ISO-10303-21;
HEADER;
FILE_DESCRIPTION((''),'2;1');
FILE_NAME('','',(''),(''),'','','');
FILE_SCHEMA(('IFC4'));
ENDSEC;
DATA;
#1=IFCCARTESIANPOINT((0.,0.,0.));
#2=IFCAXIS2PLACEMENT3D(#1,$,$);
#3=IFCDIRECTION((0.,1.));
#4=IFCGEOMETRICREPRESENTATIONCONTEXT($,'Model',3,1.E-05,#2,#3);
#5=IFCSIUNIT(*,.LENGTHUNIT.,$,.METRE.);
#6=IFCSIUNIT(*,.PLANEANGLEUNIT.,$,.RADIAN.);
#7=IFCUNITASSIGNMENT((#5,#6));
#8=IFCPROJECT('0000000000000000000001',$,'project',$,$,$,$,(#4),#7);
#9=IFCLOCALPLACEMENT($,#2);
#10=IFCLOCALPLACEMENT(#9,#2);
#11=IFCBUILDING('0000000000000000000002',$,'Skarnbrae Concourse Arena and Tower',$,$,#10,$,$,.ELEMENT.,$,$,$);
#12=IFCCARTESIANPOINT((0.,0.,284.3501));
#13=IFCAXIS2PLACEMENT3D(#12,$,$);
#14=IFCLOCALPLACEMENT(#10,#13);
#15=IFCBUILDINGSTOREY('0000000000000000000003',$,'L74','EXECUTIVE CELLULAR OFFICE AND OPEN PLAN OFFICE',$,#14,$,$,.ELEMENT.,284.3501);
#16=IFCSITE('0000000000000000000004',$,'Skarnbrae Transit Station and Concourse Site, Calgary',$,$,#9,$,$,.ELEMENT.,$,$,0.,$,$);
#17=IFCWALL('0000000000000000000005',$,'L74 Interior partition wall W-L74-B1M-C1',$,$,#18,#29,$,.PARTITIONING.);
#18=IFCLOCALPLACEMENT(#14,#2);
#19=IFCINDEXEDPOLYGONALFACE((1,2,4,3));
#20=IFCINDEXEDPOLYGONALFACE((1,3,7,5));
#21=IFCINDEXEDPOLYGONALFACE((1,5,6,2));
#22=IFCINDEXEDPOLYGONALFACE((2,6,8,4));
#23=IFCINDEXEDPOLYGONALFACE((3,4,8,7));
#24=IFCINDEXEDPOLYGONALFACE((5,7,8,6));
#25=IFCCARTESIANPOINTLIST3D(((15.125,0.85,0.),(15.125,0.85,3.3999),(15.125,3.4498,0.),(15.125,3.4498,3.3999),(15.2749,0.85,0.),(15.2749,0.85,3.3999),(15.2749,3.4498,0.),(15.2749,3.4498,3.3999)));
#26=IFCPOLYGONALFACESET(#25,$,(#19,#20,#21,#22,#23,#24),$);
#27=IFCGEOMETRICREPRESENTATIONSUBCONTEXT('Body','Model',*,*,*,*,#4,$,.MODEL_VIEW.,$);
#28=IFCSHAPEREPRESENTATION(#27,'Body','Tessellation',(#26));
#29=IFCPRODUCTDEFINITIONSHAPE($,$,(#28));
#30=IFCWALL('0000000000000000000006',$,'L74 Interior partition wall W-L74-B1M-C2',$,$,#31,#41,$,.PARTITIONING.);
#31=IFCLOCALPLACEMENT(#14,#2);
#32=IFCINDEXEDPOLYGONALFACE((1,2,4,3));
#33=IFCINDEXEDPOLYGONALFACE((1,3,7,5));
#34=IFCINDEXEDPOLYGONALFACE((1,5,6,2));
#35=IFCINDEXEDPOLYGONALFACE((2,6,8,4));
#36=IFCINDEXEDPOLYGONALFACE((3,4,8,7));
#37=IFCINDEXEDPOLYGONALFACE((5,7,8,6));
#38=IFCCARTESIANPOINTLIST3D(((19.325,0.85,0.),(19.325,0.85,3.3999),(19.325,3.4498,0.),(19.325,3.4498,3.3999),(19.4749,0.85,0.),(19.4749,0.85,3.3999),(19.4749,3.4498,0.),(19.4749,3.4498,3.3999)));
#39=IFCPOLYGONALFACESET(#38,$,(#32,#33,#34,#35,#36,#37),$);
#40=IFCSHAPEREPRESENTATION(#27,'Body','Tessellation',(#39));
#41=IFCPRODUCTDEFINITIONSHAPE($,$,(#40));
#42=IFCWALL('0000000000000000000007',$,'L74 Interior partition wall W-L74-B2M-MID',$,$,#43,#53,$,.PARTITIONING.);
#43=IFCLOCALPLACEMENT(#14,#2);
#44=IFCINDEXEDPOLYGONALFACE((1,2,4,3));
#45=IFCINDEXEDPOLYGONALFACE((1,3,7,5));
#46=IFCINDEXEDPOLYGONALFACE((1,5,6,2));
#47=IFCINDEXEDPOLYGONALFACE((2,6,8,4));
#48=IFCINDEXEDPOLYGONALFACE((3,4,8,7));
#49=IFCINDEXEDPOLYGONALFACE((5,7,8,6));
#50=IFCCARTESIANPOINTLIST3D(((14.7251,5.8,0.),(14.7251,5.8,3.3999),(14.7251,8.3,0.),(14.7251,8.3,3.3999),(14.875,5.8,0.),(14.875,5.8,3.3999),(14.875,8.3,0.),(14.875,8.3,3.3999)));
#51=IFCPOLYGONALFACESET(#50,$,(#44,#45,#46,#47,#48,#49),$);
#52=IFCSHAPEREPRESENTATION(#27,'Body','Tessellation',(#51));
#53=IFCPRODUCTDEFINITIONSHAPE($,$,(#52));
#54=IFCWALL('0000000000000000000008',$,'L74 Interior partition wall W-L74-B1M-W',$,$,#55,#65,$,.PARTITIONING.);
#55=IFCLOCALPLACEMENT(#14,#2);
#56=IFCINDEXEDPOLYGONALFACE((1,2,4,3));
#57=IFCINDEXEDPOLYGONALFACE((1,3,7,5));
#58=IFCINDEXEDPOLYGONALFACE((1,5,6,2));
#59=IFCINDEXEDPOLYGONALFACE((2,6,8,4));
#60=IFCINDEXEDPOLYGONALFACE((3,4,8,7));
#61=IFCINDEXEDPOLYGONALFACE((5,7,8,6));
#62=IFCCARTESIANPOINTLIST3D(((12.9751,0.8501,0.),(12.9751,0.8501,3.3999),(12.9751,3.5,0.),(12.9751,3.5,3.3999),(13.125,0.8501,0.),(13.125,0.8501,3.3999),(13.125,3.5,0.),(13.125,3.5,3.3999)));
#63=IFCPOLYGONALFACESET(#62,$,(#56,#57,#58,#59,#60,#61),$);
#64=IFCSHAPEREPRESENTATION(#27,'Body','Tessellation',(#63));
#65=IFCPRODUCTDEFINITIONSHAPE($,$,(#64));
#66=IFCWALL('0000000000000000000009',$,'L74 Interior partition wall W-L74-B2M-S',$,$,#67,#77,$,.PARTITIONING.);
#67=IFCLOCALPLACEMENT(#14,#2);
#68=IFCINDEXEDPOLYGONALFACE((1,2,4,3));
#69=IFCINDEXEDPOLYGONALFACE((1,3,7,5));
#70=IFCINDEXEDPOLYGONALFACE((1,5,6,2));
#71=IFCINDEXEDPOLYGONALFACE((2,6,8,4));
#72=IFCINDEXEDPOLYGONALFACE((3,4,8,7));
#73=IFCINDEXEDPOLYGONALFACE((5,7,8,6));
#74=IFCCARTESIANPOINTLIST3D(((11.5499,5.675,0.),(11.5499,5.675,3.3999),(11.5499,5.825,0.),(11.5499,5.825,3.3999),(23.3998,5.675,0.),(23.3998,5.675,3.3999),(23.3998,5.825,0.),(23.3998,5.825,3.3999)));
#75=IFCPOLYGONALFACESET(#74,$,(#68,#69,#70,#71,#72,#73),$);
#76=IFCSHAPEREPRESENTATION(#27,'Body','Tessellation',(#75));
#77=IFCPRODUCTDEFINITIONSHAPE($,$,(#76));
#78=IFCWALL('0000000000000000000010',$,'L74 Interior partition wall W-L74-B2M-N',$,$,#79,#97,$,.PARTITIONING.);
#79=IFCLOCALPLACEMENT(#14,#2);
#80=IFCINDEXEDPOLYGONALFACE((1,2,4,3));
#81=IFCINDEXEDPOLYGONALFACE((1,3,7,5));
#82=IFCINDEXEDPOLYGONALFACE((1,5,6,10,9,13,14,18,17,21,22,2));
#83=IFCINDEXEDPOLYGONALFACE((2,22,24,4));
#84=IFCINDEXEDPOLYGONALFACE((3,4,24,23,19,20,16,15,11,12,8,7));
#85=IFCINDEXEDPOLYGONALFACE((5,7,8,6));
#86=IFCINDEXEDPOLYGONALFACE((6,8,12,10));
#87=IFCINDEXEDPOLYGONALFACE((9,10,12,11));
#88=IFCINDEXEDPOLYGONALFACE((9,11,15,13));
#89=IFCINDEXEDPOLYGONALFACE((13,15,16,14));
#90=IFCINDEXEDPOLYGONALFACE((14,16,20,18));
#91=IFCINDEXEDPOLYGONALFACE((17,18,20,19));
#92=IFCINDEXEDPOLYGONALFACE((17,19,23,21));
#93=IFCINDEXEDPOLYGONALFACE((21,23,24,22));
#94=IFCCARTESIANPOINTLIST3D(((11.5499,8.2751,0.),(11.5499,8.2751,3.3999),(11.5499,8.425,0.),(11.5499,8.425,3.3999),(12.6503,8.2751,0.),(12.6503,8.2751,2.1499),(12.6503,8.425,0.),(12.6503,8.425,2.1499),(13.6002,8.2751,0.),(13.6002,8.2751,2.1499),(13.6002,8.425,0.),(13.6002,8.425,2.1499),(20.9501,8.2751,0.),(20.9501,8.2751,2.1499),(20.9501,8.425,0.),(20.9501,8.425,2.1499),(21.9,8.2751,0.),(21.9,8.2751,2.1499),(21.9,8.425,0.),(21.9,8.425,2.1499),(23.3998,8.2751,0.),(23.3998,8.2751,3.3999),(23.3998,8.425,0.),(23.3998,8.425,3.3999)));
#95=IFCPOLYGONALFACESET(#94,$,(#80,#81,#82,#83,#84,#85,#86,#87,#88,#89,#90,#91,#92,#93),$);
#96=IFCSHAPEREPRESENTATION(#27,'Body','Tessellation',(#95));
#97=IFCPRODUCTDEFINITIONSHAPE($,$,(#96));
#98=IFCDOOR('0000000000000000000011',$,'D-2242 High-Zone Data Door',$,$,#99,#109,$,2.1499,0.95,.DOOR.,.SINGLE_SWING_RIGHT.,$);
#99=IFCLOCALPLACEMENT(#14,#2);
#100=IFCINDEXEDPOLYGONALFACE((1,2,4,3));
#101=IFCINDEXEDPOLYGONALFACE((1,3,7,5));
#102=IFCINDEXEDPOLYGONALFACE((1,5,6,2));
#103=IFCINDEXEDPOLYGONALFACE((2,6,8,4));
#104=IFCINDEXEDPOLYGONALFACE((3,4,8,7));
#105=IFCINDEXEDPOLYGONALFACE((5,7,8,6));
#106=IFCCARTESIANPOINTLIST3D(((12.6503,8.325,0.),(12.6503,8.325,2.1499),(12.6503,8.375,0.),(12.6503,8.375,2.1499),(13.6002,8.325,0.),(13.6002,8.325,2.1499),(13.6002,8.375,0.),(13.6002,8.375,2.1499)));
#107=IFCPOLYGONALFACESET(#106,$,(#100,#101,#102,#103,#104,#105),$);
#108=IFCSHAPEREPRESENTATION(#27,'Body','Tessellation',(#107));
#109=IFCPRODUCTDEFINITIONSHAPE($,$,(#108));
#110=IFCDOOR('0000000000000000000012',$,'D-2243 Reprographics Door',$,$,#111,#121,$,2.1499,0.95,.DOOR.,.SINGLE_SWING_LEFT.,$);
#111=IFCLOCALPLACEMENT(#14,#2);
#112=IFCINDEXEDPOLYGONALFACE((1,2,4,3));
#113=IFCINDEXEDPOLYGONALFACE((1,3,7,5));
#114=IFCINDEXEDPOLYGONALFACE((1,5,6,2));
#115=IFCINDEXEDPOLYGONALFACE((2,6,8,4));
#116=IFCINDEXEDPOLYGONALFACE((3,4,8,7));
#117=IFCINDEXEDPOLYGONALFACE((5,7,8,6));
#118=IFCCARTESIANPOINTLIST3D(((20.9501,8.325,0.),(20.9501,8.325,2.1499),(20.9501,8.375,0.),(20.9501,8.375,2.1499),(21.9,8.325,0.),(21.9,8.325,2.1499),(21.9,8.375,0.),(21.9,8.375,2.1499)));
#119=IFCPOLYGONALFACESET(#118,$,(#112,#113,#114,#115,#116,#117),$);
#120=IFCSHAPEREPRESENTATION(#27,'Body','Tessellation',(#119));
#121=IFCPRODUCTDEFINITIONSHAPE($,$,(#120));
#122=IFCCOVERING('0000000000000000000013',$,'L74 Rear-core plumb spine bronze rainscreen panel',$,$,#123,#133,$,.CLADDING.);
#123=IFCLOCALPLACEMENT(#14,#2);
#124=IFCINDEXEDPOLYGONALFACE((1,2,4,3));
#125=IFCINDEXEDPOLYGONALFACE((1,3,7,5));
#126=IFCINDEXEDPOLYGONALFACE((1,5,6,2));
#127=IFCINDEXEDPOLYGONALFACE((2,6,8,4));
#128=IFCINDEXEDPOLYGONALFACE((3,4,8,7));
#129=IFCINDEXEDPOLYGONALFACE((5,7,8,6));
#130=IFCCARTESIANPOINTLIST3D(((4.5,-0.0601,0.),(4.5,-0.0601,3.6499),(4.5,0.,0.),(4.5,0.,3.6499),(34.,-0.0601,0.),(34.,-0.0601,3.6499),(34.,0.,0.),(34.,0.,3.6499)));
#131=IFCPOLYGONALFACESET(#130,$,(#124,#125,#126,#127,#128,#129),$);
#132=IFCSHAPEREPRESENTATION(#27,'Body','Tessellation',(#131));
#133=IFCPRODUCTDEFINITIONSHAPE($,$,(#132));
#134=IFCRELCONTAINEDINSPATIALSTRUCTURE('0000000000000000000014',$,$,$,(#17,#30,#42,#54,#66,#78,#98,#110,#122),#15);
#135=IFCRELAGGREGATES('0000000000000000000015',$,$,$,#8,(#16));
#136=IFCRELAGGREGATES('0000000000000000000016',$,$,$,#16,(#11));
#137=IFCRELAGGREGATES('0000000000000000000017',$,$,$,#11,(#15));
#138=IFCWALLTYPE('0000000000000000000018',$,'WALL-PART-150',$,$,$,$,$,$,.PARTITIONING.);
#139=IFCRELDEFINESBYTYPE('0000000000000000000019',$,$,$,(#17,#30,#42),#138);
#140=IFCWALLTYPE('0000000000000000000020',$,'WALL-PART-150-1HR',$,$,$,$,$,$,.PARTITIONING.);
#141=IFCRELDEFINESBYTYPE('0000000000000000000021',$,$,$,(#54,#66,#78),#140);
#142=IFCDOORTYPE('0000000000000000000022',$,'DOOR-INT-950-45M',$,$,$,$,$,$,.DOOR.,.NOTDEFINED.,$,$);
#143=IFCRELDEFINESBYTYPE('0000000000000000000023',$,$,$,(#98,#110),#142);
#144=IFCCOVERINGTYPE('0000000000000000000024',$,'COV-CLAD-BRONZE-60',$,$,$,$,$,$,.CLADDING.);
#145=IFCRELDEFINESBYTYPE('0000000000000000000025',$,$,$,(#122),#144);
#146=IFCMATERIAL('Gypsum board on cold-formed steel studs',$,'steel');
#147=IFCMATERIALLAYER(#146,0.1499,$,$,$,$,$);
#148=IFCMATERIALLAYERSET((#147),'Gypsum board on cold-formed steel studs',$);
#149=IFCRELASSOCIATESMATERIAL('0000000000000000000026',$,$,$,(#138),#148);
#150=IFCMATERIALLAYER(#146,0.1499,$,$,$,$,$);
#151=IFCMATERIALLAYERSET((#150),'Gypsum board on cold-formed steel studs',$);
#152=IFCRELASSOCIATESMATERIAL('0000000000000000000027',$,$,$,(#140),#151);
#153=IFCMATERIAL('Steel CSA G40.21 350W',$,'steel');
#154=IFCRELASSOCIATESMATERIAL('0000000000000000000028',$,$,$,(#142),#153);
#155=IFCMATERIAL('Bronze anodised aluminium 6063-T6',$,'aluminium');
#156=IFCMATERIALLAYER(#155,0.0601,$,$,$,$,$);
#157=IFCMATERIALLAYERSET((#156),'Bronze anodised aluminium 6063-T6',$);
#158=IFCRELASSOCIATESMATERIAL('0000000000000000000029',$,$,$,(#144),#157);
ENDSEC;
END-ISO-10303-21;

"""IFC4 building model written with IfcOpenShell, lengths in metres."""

from ifc_helpers import new_model, si_unit, direction, frame, frame_2d, origin, origin_2d, place, context, subcontext, project, spatial, rectangle, extrude, source, transform, mapped, material, layer, layer_set, type_object, element, fill, save


model = new_model("IFC4")

# Units and contexts
model_context = context("Model", 3, precision=1e-05, world=origin(), true_north=direction((0.0, 1.0)))
body_context = subcontext(model_context, "Body", "Model", "MODEL_VIEW")
ifc_project = project(units=[si_unit("LENGTHUNIT", "METRE"), si_unit("PLANEANGLEUNIT", "RADIAN")], contexts=[model_context])

# Site, building, storey
site_placement = place(None, origin())
site = spatial("IfcSite", under=ifc_project, at=site_placement, Name="Skarnbrae Transit Station and Concourse Site, Calgary", CompositionType="ELEMENT", RefElevation=0.0)
building_placement = place(site_placement, origin())
building = spatial("IfcBuilding", under=site, at=building_placement, Name="Skarnbrae Concourse Arena and Tower", CompositionType="ELEMENT")
storey_placement = place(building_placement, frame((0.0, 0.0, 284.3501)))
storey = spatial("IfcBuildingStorey", under=building, at=storey_placement, Name="L74", Description="EXECUTIVE CELLULAR OFFICE AND OPEN PLAN OFFICE", CompositionType="ELEMENT", Elevation=284.3501)

# Walls
ifc_material_1 = material(Name="Gypsum board on cold-formed steel studs", Category="steel")
ifc_layer_1 = layer(ifc_material_1, 0.1499)
ifc_layer_set_1 = layer_set([ifc_layer_1], Name="Gypsum board on cold-formed steel studs")
wall_type_1 = type_object("IfcWallType", Name="WALL-PART-150", PredefinedType="PARTITIONING", material=ifc_layer_set_1)
shared_shape_1 = source(origin(), body_context, "Body", "SweptSolid", [
    extrude(rectangle(XDim=2.5999, YDim=0.1499, at=frame_2d((1.2998, 0.0))), origin(), (0.0, 0.0, 1.0), 3.3999),
])
for number, where, z_axis, x_axis, name in (
    (1, (15.2, 0.8501, 0.0), (0.0, 0.0, 1.0), (0.0, 1.0, 0.0), "L74 Interior partition wall W-L74-B1M-C1"),
    (2, (19.3999, 0.8501, 0.0), (0.0, 0.0, 1.0), (0.0, 1.0, 0.0), "L74 Interior partition wall W-L74-B1M-C2"),
):
    element("IfcWall", number, at=place(storey_placement, frame(where, z_axis=z_axis, x_axis=x_axis)), inside=storey, type_object=wall_type_1, Name=name, PredefinedType="PARTITIONING", context=body_context, shape_type="MappedRepresentation", body=[
        mapped(shared_shape_1, transform((0.0, 0.0, 0.0))),
    ])
shared_shape_2 = source(origin(), body_context, "Body", "SweptSolid", [
    extrude(rectangle(XDim=2.5, YDim=0.1499, at=frame_2d((1.25, 0.0))), origin(), (0.0, 0.0, 1.0), 3.3999),
])
wall_1_placement = place(storey_placement, frame((14.8, 5.8, 0.0), z_axis=(0.0, 0.0, 1.0), x_axis=(0.0, 1.0, 0.0)))
element("IfcWall", 3, at=wall_1_placement, inside=storey, type_object=wall_type_1, Name="L74 Interior partition wall W-L74-B2M-MID", PredefinedType="PARTITIONING", context=body_context, shape_type="MappedRepresentation", body=[
    mapped(shared_shape_2, transform((0.0, 0.0, 0.0))),
])

# Shared definitions
ifc_material_2 = material(Name="Bronze anodised aluminium 6063-T6", Category="aluminium")

# Wall
ifc_layer_2 = layer(ifc_material_1, 0.1499)
ifc_layer_set_2 = layer_set([ifc_layer_2], Name="Gypsum board on cold-formed steel studs")
wall_type_2 = type_object("IfcWallType", Name="WALL-PART-150-1HR", PredefinedType="PARTITIONING", material=ifc_layer_set_2)
shared_shape_3 = source(origin(), body_context, "Body", "SweptSolid", [
    extrude(rectangle(XDim=2.6499, YDim=0.1499, at=frame_2d((1.325, 0.0))), origin(), (0.0, 0.0, 1.0), 3.3999),
])
wall_2_placement = place(storey_placement, frame((13.05, 0.8501, 0.0), z_axis=(0.0, 0.0, 1.0), x_axis=(0.0, 1.0, 0.0)))
element("IfcWall", 4, at=wall_2_placement, inside=storey, type_object=wall_type_2, Name="L74 Interior partition wall W-L74-B1M-W", PredefinedType="PARTITIONING", context=body_context, shape_type="MappedRepresentation", body=[
    mapped(shared_shape_3, transform((0.0, 0.0, 0.0))),
])

# Shared definitions
ifc_material_3 = material(Name="Steel CSA G40.21 350W", Category="steel")
door_type_1 = type_object("IfcDoorType", Name="DOOR-INT-950-45M", OperationType="NOTDEFINED", PredefinedType="DOOR", material=ifc_material_3)
shared_shape_4 = source(origin(), body_context, "Body", "SweptSolid", [
    extrude(rectangle(XDim=0.95, YDim=2.1499, at=frame_2d((0.4751, 1.075))), frame((0.0, 0.0249, 0.0), z_axis=(0.0, -1.0, 0.0), x_axis=(1.0, 0.0, 0.0)), (0.0, 0.0, 1.0), 0.05),
])

# Wall
shared_shape_5 = source(origin(), body_context, "Body", "SweptSolid", [
    extrude(rectangle(XDim=11.8499, YDim=0.1499, at=frame_2d((5.9248, 0.0))), origin(), (0.0, 0.0, 1.0), 3.3999),
])
wall_3_placement = place(storey_placement, frame((11.55, 5.75, 0.0), z_axis=(0.0, 0.0, 1.0), x_axis=(1.0, 0.0, 0.0)))
element("IfcWall", 5, at=wall_3_placement, inside=storey, type_object=wall_type_2, Name="L74 Interior partition wall W-L74-B2M-S", PredefinedType="PARTITIONING", context=body_context, shape_type="MappedRepresentation", body=[
    mapped(shared_shape_5, transform((0.0, 0.0, 0.0))),
])

# Wall, openings, doors
wall_4_placement = place(storey_placement, frame((11.55, 8.3501, 0.0), z_axis=(0.0, 0.0, 1.0), x_axis=(1.0, 0.0, 0.0)))
wall_4 = element("IfcWall", 6, at=wall_4_placement, inside=storey, type_object=wall_type_2, Name="L74 Interior partition wall W-L74-B2M-N", PredefinedType="PARTITIONING", context=body_context, shape_type="MappedRepresentation", body=[
    mapped(shared_shape_5, transform((0.0, 0.0, 0.0))),
])
opening_1_placement = place(wall_4_placement, frame((1.1001, 0.0, 0.0)))
opening_1 = element("IfcOpeningElement", 7, at=opening_1_placement, cuts=wall_4, PredefinedType="OPENING", context=body_context, shape_type="SweptSolid", body=[
    extrude(rectangle(XDim=0.95, YDim=2.1499, at=frame_2d((0.4751, 1.075))), frame((0.0, 0.085, 0.0), z_axis=(0.0, -1.0, 0.0), x_axis=(1.0, 0.0, 0.0)), (0.0, 0.0, 1.0), 0.1699),
])
opening_2_placement = place(wall_4_placement, frame((9.3999, 0.0, 0.0)))
opening_2 = element("IfcOpeningElement", 8, at=opening_2_placement, cuts=wall_4, PredefinedType="OPENING", context=body_context, shape_type="SweptSolid", body=[
    extrude(rectangle(XDim=0.95, YDim=2.1499, at=frame_2d((0.4751, 1.075))), frame((0.0, 0.085, 0.0), z_axis=(0.0, -1.0, 0.0), x_axis=(1.0, 0.0, 0.0)), (0.0, 0.0, 1.0), 0.1699),
])
door_1_placement = place(opening_1_placement, origin())
door_1 = element("IfcDoor", 9, at=door_1_placement, inside=storey, type_object=door_type_1, Name="D-2242 High-Zone Data Door", OperationType="SINGLE_SWING_RIGHT", OverallHeight=2.1499, OverallWidth=0.95, PredefinedType="DOOR", context=body_context, shape_type="MappedRepresentation", body=[
    mapped(shared_shape_4, transform((0.0, 0.0, 0.0))),
])
fill(opening_1, door_1)
door_2_placement = place(opening_2_placement, origin())
door_2 = element("IfcDoor", 10, at=door_2_placement, inside=storey, type_object=door_type_1, Name="D-2243 Reprographics Door", OperationType="SINGLE_SWING_LEFT", OverallHeight=2.1499, OverallWidth=0.95, PredefinedType="DOOR", context=body_context, shape_type="MappedRepresentation", body=[
    mapped(shared_shape_4, transform((0.0, 0.0, 0.0))),
])
fill(opening_2, door_2)

# Covering
ifc_layer_3 = layer(ifc_material_2, 0.0601)
ifc_layer_set_3 = layer_set([ifc_layer_3], Name="Bronze anodised aluminium 6063-T6")
covering_type = type_object("IfcCoveringType", Name="COV-CLAD-BRONZE-60", PredefinedType="CLADDING", material=ifc_layer_set_3)
shared_shape_6 = source(origin(), body_context, "Body", "SweptSolid", [
    extrude(rectangle(XDim=29.5, YDim=0.0601, at=origin_2d()), origin(), (0.0, 0.0, 1.0), 3.6499),
])
covering_placement = place(storey_placement, frame((19.25, -0.03, 0.0), z_axis=(0.0, 0.0, 1.0), x_axis=(1.0, 0.0, 0.0)))
element("IfcCovering", 11, at=covering_placement, inside=storey, type_object=covering_type, Name="L74 Rear-core plumb spine bronze rainscreen panel", PredefinedType="CLADDING", context=body_context, shape_type="MappedRepresentation", body=[
    mapped(shared_shape_6, transform((0.0, 0.0, 0.0))),
])

save(model, "model.ifc")
